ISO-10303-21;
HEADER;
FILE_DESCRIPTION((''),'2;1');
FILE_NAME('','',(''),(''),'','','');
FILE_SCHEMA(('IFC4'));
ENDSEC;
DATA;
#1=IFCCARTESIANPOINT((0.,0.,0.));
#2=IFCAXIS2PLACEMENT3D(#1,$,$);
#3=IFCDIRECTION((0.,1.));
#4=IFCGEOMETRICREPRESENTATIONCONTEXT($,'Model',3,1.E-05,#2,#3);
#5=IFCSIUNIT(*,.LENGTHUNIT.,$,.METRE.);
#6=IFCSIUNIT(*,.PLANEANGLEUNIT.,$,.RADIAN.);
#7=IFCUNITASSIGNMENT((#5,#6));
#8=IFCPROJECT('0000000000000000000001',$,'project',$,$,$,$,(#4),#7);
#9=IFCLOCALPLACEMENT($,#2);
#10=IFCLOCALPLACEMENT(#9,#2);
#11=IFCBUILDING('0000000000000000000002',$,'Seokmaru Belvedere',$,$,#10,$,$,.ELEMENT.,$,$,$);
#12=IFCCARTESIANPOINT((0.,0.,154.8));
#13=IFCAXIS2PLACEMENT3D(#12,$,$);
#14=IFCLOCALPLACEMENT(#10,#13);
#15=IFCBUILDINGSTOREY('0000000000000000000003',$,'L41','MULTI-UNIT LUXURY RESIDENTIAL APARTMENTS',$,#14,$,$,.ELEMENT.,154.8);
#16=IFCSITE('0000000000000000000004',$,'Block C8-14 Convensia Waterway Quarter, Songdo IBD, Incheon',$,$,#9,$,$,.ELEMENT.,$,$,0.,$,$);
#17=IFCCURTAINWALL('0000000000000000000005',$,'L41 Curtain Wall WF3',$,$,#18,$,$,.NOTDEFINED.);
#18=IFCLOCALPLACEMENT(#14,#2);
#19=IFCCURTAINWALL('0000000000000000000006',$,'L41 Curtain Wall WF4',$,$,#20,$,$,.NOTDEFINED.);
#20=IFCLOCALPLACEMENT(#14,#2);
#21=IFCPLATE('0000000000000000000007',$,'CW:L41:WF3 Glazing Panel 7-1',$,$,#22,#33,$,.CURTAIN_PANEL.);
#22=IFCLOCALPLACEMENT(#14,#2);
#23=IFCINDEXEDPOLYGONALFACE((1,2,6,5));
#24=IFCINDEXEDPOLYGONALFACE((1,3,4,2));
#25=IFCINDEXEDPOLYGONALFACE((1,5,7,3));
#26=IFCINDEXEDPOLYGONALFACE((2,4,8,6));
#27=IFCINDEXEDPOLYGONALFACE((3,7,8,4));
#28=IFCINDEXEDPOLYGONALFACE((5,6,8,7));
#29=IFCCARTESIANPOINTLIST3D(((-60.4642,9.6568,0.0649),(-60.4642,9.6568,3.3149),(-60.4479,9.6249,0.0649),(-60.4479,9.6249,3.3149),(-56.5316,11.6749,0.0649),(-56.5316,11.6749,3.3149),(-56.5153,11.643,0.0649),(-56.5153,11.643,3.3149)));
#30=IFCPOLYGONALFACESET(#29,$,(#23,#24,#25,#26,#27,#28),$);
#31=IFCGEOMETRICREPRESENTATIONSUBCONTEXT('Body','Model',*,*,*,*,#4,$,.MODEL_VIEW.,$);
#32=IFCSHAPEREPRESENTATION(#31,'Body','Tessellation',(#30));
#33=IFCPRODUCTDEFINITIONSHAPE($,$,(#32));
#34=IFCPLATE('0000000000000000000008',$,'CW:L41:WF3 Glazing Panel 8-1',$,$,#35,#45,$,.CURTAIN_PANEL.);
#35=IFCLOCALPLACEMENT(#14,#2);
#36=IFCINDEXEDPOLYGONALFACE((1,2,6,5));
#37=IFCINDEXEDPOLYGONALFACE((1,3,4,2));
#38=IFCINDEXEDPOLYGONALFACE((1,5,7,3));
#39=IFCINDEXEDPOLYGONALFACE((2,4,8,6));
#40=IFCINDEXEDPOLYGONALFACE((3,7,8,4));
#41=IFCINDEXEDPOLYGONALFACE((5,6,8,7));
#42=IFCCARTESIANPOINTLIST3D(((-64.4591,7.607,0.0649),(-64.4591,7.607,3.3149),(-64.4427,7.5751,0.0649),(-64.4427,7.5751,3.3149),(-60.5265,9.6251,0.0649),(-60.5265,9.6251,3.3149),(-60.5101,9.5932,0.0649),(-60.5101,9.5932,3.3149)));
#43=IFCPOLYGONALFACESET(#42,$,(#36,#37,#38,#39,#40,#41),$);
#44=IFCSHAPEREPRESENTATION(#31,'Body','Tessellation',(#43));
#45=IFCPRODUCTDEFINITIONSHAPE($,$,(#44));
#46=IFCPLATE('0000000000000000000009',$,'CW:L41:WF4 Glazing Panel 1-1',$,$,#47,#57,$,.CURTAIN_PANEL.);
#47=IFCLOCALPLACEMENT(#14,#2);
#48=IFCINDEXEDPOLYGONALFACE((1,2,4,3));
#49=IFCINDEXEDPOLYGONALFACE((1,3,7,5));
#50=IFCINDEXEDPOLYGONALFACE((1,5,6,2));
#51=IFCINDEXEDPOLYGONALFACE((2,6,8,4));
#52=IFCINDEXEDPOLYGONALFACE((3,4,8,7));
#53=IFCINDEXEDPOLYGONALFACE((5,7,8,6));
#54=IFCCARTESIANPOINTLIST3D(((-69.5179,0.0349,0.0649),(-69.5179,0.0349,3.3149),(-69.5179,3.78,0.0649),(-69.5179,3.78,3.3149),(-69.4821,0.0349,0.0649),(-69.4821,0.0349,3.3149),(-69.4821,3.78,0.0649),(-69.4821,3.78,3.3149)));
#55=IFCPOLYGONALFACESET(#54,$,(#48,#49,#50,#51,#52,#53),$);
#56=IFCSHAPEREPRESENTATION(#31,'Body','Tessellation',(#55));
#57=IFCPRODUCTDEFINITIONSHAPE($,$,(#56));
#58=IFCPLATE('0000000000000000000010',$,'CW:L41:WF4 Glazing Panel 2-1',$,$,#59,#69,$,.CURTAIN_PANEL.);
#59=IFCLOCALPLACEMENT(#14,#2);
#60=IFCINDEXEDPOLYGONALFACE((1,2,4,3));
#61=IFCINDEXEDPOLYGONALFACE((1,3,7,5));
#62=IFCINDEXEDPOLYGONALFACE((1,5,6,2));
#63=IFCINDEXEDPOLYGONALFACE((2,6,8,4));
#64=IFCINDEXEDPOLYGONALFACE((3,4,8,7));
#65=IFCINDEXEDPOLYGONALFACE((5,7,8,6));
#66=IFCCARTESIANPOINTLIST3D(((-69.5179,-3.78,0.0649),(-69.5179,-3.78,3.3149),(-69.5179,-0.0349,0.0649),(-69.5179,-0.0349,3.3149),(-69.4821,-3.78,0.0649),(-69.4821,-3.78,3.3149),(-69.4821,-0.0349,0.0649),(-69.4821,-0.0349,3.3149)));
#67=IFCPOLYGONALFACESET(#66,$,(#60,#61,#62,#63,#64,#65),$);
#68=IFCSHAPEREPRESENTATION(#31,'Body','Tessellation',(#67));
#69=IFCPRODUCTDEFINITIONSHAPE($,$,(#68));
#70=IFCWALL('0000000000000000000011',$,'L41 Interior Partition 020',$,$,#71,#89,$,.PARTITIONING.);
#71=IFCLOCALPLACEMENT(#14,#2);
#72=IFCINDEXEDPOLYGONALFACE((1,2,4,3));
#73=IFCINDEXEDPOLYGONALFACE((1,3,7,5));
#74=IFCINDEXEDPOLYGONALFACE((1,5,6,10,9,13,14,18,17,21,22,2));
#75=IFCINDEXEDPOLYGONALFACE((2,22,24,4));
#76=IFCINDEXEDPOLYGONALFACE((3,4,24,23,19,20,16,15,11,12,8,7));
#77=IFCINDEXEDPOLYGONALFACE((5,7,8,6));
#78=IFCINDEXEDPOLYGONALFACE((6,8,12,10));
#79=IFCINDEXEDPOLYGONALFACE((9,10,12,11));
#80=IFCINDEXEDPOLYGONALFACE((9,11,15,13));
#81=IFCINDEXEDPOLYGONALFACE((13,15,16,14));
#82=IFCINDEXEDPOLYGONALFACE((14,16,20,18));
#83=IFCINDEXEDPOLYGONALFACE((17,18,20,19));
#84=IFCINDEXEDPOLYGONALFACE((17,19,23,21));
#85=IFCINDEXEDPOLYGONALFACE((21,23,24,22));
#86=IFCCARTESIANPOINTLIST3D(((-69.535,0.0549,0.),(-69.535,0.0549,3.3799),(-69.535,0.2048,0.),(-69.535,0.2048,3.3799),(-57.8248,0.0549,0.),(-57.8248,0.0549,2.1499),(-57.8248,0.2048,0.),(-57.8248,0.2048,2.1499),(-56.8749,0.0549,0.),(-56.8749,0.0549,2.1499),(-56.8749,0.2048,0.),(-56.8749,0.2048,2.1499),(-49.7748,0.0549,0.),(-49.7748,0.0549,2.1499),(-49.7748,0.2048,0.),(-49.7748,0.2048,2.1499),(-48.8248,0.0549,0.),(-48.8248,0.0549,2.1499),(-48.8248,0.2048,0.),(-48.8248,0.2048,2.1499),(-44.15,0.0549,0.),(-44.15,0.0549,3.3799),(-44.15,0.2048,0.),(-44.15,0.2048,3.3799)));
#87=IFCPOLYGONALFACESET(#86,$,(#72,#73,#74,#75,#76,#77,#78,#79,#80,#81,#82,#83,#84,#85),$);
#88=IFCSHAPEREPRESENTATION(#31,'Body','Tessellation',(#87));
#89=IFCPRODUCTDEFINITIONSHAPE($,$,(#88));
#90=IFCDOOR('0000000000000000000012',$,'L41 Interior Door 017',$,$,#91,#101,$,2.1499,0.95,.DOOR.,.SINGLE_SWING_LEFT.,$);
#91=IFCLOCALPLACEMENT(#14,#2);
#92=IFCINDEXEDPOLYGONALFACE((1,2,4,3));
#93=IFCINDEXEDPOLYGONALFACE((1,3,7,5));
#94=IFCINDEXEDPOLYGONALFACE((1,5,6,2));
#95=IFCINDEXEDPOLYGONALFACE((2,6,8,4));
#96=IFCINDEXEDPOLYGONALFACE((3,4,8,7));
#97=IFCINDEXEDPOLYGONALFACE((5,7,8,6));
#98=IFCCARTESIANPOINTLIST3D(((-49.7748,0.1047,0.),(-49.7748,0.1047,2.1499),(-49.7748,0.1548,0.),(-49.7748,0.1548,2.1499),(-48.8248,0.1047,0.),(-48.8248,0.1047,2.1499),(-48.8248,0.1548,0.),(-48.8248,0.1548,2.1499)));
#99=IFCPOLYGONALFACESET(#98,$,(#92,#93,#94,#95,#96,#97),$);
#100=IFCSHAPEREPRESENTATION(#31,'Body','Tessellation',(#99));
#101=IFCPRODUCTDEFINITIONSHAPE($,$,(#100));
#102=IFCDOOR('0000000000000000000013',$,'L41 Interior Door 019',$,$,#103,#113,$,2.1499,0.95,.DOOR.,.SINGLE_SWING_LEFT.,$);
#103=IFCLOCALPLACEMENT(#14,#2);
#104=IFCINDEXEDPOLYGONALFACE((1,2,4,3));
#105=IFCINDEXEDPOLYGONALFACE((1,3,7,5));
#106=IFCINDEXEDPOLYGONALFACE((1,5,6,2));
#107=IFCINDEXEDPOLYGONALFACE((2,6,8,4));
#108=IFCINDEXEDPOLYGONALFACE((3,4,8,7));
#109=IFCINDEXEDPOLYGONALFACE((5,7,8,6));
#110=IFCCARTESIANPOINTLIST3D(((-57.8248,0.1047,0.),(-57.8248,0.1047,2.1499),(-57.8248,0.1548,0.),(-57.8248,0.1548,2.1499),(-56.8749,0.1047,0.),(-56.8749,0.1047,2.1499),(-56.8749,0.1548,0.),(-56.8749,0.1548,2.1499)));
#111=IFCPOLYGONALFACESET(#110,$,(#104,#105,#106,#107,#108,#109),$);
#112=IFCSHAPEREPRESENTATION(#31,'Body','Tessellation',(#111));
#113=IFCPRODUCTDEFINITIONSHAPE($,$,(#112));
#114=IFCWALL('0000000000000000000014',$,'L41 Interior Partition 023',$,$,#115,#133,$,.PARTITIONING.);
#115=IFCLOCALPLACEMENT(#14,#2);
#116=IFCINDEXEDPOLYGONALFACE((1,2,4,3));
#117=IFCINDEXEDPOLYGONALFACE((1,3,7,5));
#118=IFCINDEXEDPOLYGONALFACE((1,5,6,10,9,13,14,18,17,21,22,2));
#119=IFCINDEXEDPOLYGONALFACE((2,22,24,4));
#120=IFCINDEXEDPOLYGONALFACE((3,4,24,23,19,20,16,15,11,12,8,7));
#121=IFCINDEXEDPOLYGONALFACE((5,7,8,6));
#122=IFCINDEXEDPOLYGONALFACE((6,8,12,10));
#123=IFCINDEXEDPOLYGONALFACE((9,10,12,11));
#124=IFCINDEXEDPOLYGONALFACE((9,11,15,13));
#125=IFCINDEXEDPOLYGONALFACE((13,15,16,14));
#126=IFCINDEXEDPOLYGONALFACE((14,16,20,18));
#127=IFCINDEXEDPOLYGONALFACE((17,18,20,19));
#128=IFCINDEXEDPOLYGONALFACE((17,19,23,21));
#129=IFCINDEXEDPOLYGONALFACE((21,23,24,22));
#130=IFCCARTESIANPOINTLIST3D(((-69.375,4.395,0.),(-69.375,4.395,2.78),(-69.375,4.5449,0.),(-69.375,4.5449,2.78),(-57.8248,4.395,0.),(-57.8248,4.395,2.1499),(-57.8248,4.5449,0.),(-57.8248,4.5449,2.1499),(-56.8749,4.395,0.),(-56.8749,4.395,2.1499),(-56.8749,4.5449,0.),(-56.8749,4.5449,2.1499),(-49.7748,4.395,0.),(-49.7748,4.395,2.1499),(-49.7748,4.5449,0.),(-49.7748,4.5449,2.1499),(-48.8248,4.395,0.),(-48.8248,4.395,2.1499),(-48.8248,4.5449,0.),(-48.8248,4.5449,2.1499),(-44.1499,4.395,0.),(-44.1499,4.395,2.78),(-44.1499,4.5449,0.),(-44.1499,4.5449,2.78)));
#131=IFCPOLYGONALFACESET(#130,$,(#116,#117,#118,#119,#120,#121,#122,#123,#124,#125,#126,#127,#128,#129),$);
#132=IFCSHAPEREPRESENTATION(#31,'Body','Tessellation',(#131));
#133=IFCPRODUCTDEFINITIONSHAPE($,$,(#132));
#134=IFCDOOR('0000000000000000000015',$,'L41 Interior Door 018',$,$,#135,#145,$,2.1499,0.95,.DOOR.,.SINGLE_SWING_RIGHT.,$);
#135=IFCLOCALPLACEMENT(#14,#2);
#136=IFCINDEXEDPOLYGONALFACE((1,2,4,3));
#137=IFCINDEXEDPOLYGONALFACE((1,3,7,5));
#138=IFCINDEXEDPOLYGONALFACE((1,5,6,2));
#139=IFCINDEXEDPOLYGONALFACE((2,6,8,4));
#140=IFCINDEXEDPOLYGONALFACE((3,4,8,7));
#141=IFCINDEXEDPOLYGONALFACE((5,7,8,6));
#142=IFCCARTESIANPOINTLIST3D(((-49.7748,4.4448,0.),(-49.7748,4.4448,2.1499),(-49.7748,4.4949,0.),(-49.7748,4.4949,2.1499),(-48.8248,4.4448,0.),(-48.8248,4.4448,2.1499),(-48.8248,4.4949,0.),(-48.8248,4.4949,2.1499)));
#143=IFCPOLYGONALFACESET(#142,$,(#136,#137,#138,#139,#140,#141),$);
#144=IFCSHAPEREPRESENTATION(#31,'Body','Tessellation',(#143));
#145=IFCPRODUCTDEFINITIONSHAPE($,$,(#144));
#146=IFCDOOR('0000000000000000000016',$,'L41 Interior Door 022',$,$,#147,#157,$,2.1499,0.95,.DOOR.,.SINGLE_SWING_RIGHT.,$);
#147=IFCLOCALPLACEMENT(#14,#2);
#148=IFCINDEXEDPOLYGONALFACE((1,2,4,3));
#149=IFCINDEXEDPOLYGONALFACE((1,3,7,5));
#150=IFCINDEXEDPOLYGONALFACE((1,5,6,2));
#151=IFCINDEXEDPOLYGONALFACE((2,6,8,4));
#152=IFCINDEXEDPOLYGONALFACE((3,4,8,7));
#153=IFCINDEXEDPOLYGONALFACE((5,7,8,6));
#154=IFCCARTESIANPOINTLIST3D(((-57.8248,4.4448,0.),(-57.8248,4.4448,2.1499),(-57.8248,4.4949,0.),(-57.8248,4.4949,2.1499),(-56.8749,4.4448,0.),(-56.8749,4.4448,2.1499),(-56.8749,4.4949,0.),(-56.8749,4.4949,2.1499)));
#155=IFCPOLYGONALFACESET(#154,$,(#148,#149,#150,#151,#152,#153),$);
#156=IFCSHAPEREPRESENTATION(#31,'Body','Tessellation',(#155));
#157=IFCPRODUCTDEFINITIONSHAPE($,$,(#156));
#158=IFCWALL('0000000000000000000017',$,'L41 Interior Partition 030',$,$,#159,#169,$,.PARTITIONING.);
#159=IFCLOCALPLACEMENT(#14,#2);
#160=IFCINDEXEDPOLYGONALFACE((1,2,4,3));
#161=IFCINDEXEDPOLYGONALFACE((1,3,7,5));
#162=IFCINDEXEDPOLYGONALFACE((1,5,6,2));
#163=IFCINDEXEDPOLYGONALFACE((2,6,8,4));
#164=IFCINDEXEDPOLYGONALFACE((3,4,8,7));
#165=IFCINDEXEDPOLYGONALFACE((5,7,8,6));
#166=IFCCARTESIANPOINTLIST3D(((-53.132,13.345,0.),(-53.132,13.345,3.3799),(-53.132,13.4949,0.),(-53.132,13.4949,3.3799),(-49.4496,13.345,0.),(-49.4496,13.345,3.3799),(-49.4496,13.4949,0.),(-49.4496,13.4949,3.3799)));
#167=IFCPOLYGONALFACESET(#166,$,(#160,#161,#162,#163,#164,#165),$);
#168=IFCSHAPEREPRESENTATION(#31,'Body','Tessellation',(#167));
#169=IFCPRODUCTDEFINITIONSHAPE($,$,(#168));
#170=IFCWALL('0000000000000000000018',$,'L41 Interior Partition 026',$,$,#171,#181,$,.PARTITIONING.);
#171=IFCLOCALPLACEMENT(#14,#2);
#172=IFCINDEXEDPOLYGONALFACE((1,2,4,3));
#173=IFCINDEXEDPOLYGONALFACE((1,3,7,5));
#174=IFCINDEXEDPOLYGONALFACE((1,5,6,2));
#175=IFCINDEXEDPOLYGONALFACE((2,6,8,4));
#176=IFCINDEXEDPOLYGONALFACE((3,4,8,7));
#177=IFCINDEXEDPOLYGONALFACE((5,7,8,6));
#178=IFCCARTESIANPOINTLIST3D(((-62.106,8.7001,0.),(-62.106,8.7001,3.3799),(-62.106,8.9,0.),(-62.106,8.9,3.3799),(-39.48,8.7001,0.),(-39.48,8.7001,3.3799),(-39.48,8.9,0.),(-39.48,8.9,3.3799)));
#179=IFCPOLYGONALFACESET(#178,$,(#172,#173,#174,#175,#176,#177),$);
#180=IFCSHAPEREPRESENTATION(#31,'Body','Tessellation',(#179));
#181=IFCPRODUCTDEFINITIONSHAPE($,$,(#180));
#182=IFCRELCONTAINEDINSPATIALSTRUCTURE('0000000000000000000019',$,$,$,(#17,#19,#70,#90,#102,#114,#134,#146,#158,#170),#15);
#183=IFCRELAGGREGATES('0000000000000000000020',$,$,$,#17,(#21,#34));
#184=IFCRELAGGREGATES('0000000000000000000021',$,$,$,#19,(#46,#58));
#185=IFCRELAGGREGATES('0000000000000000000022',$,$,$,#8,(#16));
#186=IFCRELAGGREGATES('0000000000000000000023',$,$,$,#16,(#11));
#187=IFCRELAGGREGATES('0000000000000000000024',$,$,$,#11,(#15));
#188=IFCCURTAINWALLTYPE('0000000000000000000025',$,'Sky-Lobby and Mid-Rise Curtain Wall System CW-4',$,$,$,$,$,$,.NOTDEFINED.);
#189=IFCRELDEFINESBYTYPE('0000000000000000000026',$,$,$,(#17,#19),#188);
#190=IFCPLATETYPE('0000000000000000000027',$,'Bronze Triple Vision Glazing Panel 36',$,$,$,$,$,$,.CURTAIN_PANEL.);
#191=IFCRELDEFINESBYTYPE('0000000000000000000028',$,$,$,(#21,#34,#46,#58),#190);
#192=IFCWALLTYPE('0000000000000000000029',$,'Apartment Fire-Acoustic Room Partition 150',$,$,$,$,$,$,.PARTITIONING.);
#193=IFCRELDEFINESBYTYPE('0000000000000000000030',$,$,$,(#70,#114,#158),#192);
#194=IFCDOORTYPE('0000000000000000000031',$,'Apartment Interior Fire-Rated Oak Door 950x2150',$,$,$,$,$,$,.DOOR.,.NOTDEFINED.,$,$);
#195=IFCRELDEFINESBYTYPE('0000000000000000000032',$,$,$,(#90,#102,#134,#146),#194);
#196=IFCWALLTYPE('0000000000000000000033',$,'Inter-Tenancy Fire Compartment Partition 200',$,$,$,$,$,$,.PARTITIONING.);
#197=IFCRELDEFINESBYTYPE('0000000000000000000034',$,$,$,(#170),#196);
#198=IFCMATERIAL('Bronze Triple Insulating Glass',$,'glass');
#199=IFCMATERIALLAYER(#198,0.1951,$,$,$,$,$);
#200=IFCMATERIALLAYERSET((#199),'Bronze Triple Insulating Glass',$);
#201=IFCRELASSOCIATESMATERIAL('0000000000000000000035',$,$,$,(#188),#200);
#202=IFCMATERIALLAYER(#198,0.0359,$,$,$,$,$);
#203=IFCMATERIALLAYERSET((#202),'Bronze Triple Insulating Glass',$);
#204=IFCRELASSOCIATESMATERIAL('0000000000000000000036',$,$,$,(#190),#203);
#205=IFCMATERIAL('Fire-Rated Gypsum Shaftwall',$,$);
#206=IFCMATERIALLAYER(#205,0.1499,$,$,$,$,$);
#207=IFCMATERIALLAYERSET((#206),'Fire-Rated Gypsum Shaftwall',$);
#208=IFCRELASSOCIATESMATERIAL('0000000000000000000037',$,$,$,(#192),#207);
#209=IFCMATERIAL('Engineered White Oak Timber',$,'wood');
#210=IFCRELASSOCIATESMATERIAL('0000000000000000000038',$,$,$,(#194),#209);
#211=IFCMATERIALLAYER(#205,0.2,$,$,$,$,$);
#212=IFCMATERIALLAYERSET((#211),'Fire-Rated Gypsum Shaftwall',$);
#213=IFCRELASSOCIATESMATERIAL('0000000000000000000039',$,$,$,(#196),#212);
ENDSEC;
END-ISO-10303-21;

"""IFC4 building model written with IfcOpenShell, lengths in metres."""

from ifc_helpers import new_model, si_unit, direction, frame, frame_2d, origin, origin_2d, place, context, subcontext, project, spatial, rectangle, extrude, source, transform, mapped, material, layer, layer_set, type_object, type_shapes, element, fill, aggregate, save


model = new_model("IFC4")

# Units and contexts
model_context = context("Model", 3, precision=1e-05, world=origin(), true_north=direction((0.0, 1.0)))
body_context = subcontext(model_context, "Body", "Model", "MODEL_VIEW")
ifc_project = project(units=[si_unit("LENGTHUNIT", "METRE"), si_unit("PLANEANGLEUNIT", "RADIAN")], contexts=[model_context])

# Site, building, storey
site_placement = place(None, origin())
site = spatial("IfcSite", under=ifc_project, at=site_placement, Name="Block C8-14 Convensia Waterway Quarter, Songdo IBD, Incheon", CompositionType="ELEMENT", RefElevation=0.0)
building_placement = place(site_placement, origin())
building = spatial("IfcBuilding", under=site, at=building_placement, Name="Seokmaru Belvedere", CompositionType="ELEMENT")
storey_placement = place(building_placement, frame((0.0, 0.0, 154.8)))
storey = spatial("IfcBuildingStorey", under=building, at=storey_placement, Name="L41", Description="MULTI-UNIT LUXURY RESIDENTIAL APARTMENTS", CompositionType="ELEMENT", Elevation=154.8)

# Curtain walls
ifc_material_1 = material(Name="Bronze Triple Insulating Glass", Category="glass")
ifc_layer_1 = layer(ifc_material_1, 0.1951)
ifc_layer_set_1 = layer_set([ifc_layer_1], Name="Bronze Triple Insulating Glass")
curtain_wall_type = type_object("IfcCurtainWallType", Name="Sky-Lobby and Mid-Rise Curtain Wall System CW-4", PredefinedType="NOTDEFINED", material=ifc_layer_set_1)
curtain_wall_1_placement = place(storey_placement, origin())
curtain_wall_1 = element("IfcCurtainWall", 1, at=curtain_wall_1_placement, inside=storey, type_object=curtain_wall_type, Name="L41 Curtain Wall WF3", PredefinedType="NOTDEFINED")
curtain_wall_2_placement = place(storey_placement, origin())
curtain_wall_2 = element("IfcCurtainWall", 2, at=curtain_wall_2_placement, inside=storey, type_object=curtain_wall_type, Name="L41 Curtain Wall WF4", PredefinedType="NOTDEFINED")

# Plates
ifc_layer_2 = layer(ifc_material_1, 0.0359)
ifc_layer_set_2 = layer_set([ifc_layer_2], Name="Bronze Triple Insulating Glass")
plate_type = type_object("IfcPlateType", Name="Bronze Triple Vision Glazing Panel 36", PredefinedType="CURTAIN_PANEL", material=ifc_layer_set_2)
shared_shape_1 = source(origin(), body_context, "Body", "SweptSolid", [
    extrude(rectangle(XDim=4.4202, YDim=0.0359, at=origin_2d()), origin(), (0.0, 0.0, 1.0), 3.25),
])
plate_1_placement = place(storey_placement, frame((-58.4897, 10.6499, 0.0649), z_axis=(0.0, 0.0, 1.0), x_axis=(-0.889695, -0.456555, 0.0)))
plate_1 = element("IfcPlate", 3, at=plate_1_placement, type_object=plate_type, Name="CW:L41:WF3 Glazing Panel 7-1", PredefinedType="CURTAIN_PANEL", context=body_context, shape_type="MappedRepresentation", body=[
    mapped(shared_shape_1, transform((0.0, 0.0, 0.0), scale=1.0)),
])
plate_2_placement = place(storey_placement, frame((-62.4846, 8.6001, 0.0649), z_axis=(0.0, 0.0, 1.0), x_axis=(-0.889695, -0.456555, 0.0)))
plate_2 = element("IfcPlate", 4, at=plate_2_placement, type_object=plate_type, Name="CW:L41:WF3 Glazing Panel 8-1", PredefinedType="CURTAIN_PANEL", context=body_context, shape_type="MappedRepresentation", body=[
    mapped(shared_shape_1, transform((0.0, 0.0, 0.0), scale=1.0)),
])
aggregate(curtain_wall_1, [plate_1, plate_2])
shared_shape_2 = source(origin(), body_context, "Body", "SweptSolid", [
    extrude(rectangle(XDim=3.7451, YDim=0.0359, at=origin_2d()), origin(), (0.0, 0.0, 1.0), 3.25),
])
plate_3_placement = place(storey_placement, frame((-69.5, 1.9075, 0.0649), z_axis=(0.0, 0.0, 1.0), x_axis=(0.0, -1.0, 0.0)))
plate_3 = element("IfcPlate", 5, at=plate_3_placement, type_object=plate_type, Name="CW:L41:WF4 Glazing Panel 1-1", PredefinedType="CURTAIN_PANEL", context=body_context, shape_type="MappedRepresentation", body=[
    mapped(shared_shape_2, transform((0.0, 0.0, 0.0), scale=1.0)),
])
plate_4_placement = place(storey_placement, frame((-69.5, -1.9075, 0.0649), z_axis=(0.0, 0.0, 1.0), x_axis=(0.0, -1.0, 0.0)))
plate_4 = element("IfcPlate", 6, at=plate_4_placement, type_object=plate_type, Name="CW:L41:WF4 Glazing Panel 2-1", PredefinedType="CURTAIN_PANEL", context=body_context, shape_type="MappedRepresentation", body=[
    mapped(shared_shape_2, transform((0.0, 0.0, 0.0), scale=1.0)),
])
aggregate(curtain_wall_2, [plate_3, plate_4])

# Walls, openings, doors
ifc_material_2 = material(Name="Fire-Rated Gypsum Shaftwall")
ifc_layer_3 = layer(ifc_material_2, 0.1499)
ifc_layer_set_3 = layer_set([ifc_layer_3], Name="Fire-Rated Gypsum Shaftwall")
wall_type_1 = type_object("IfcWallType", Name="Apartment Fire-Acoustic Room Partition 150", PredefinedType="PARTITIONING", material=ifc_layer_set_3)
wall_1_placement = place(storey_placement, frame((-69.5349, 0.1299, 0.0), z_axis=(0.0, 0.0, 1.0), x_axis=(1.0, 0.0, 0.0)))
wall_1 = element("IfcWall", 7, at=wall_1_placement, inside=storey, type_object=wall_type_1, Name="L41 Interior Partition 020", PredefinedType="PARTITIONING", context=body_context, shape_type="SweptSolid", body=[
    extrude(rectangle(XDim=25.385, YDim=0.1499, at=frame_2d((12.6924, 0.0))), origin(), (0.0, 0.0, 1.0), 3.3799),
])
opening_1_placement = place(wall_1_placement, frame((19.76, 0.0, 0.0)))
opening_1 = element("IfcOpeningElement", 8, at=opening_1_placement, cuts=wall_1, PredefinedType="OPENING", context=body_context, shape_type="SweptSolid", body=[
    extrude(rectangle(XDim=0.95, YDim=2.1499, at=frame_2d((0.4751, 1.075))), frame((0.0, 0.085, 0.0), z_axis=(0.0, -1.0, 0.0), x_axis=(1.0, 0.0, 0.0)), (0.0, 0.0, 1.0), 0.1699),
])
opening_2_placement = place(wall_1_placement, frame((11.71, 0.0, 0.0)))
opening_2 = element("IfcOpeningElement", 9, at=opening_2_placement, cuts=wall_1, PredefinedType="OPENING", context=body_context, shape_type="SweptSolid", body=[
    extrude(rectangle(XDim=0.95, YDim=2.1499, at=frame_2d((0.4751, 1.075))), frame((0.0, 0.085, 0.0), z_axis=(0.0, -1.0, 0.0), x_axis=(1.0, 0.0, 0.0)), (0.0, 0.0, 1.0), 0.1699),
])
ifc_material_3 = material(Name="Engineered White Oak Timber", Category="wood")
door_type = type_object("IfcDoorType", Name="Apartment Interior Fire-Rated Oak Door 950x2150", OperationType="NOTDEFINED", PredefinedType="DOOR", material=ifc_material_3)
shared_shape_3 = source(origin(), body_context, "Body", "SweptSolid", [
    extrude(rectangle(XDim=0.95, YDim=2.1499, at=frame_2d((0.4751, 1.075))), frame((0.0, 0.0249, 0.0), z_axis=(0.0, -1.0, 0.0), x_axis=(1.0, 0.0, 0.0)), (0.0, 0.0, 1.0), 0.05),
])
type_shapes(door_type, [shared_shape_3])
door_1_placement = place(opening_1_placement, origin())
door_1 = element("IfcDoor", 10, at=door_1_placement, inside=storey, type_object=door_type, Name="L41 Interior Door 017", OperationType="SINGLE_SWING_LEFT", OverallHeight=2.1499, OverallWidth=0.95, PredefinedType="DOOR", context=body_context, shape_type="MappedRepresentation", body=[
    mapped(shared_shape_3, transform((0.0, 0.0, 0.0), scale=1.0)),
])
fill(opening_1, door_1)
door_2_placement = place(opening_2_placement, origin())
door_2 = element("IfcDoor", 11, at=door_2_placement, inside=storey, type_object=door_type, Name="L41 Interior Door 019", OperationType="SINGLE_SWING_LEFT", OverallHeight=2.1499, OverallWidth=0.95, PredefinedType="DOOR", context=body_context, shape_type="MappedRepresentation", body=[
    mapped(shared_shape_3, transform((0.0, 0.0, 0.0), scale=1.0)),
])
fill(opening_2, door_2)
wall_2_placement = place(storey_placement, frame((-69.375, 4.47, 0.0), z_axis=(0.0, 0.0, 1.0), x_axis=(1.0, 0.0, 0.0)))
wall_2 = element("IfcWall", 12, at=wall_2_placement, inside=storey, type_object=wall_type_1, Name="L41 Interior Partition 023", PredefinedType="PARTITIONING", context=body_context, shape_type="SweptSolid", body=[
    extrude(rectangle(XDim=25.2251, YDim=0.1499, at=frame_2d((12.6125, 0.0))), origin(), (0.0, 0.0, 1.0), 2.78),
])
opening_3_placement = place(wall_2_placement, frame((19.6001, 0.0, 0.0)))
opening_3 = element("IfcOpeningElement", 13, at=opening_3_placement, cuts=wall_2, PredefinedType="OPENING", context=body_context, shape_type="SweptSolid", body=[
    extrude(rectangle(XDim=0.95, YDim=2.1499, at=frame_2d((0.4751, 1.075))), frame((0.0, 0.085, 0.0), z_axis=(0.0, -1.0, 0.0), x_axis=(1.0, 0.0, 0.0)), (0.0, 0.0, 1.0), 0.1699),
])
opening_4_placement = place(wall_2_placement, frame((11.55, 0.0, 0.0)))
opening_4 = element("IfcOpeningElement", 14, at=opening_4_placement, cuts=wall_2, PredefinedType="OPENING", context=body_context, shape_type="SweptSolid", body=[
    extrude(rectangle(XDim=0.95, YDim=2.1499, at=frame_2d((0.4751, 1.075))), frame((0.0, 0.085, 0.0), z_axis=(0.0, -1.0, 0.0), x_axis=(1.0, 0.0, 0.0)), (0.0, 0.0, 1.0), 0.1699),
])
door_3_placement = place(opening_3_placement, origin())
door_3 = element("IfcDoor", 15, at=door_3_placement, inside=storey, type_object=door_type, Name="L41 Interior Door 018", OperationType="SINGLE_SWING_RIGHT", OverallHeight=2.1499, OverallWidth=0.95, PredefinedType="DOOR", context=body_context, shape_type="MappedRepresentation", body=[
    mapped(shared_shape_3, transform((0.0, 0.0, 0.0), scale=1.0)),
])
fill(opening_3, door_3)
door_4_placement = place(opening_4_placement, origin())
door_4 = element("IfcDoor", 16, at=door_4_placement, inside=storey, type_object=door_type, Name="L41 Interior Door 022", OperationType="SINGLE_SWING_RIGHT", OverallHeight=2.1499, OverallWidth=0.95, PredefinedType="DOOR", context=body_context, shape_type="MappedRepresentation", body=[
    mapped(shared_shape_3, transform((0.0, 0.0, 0.0), scale=1.0)),
])
fill(opening_4, door_4)

# Walls
wall_3_placement = place(storey_placement, frame((-53.1321, 13.4199, 0.0), z_axis=(0.0, 0.0, 1.0), x_axis=(1.0, 0.0, 0.0)))
element("IfcWall", 17, at=wall_3_placement, inside=storey, type_object=wall_type_1, Name="L41 Interior Partition 030", PredefinedType="PARTITIONING", context=body_context, shape_type="SweptSolid", body=[
    extrude(rectangle(XDim=3.6824, YDim=0.1499, at=frame_2d((1.8413, 0.0))), origin(), (0.0, 0.0, 1.0), 3.3799),
])
ifc_layer_4 = layer(ifc_material_2, 0.2)
ifc_layer_set_4 = layer_set([ifc_layer_4], Name="Fire-Rated Gypsum Shaftwall")
wall_type_2 = type_object("IfcWallType", Name="Inter-Tenancy Fire Compartment Partition 200", PredefinedType="PARTITIONING", material=ifc_layer_set_4)
wall_4_placement = place(storey_placement, frame((-62.106, 8.8, 0.0), z_axis=(0.0, 0.0, 1.0), x_axis=(1.0, 0.0, 0.0)))
element("IfcWall", 18, at=wall_4_placement, inside=storey, type_object=wall_type_2, Name="L41 Interior Partition 026", PredefinedType="PARTITIONING", context=body_context, shape_type="SweptSolid", body=[
    extrude(rectangle(XDim=22.626, YDim=0.2, at=frame_2d((11.313, 0.0))), origin(), (0.0, 0.0, 1.0), 3.3799),
])

save(model, "model.ifc")
